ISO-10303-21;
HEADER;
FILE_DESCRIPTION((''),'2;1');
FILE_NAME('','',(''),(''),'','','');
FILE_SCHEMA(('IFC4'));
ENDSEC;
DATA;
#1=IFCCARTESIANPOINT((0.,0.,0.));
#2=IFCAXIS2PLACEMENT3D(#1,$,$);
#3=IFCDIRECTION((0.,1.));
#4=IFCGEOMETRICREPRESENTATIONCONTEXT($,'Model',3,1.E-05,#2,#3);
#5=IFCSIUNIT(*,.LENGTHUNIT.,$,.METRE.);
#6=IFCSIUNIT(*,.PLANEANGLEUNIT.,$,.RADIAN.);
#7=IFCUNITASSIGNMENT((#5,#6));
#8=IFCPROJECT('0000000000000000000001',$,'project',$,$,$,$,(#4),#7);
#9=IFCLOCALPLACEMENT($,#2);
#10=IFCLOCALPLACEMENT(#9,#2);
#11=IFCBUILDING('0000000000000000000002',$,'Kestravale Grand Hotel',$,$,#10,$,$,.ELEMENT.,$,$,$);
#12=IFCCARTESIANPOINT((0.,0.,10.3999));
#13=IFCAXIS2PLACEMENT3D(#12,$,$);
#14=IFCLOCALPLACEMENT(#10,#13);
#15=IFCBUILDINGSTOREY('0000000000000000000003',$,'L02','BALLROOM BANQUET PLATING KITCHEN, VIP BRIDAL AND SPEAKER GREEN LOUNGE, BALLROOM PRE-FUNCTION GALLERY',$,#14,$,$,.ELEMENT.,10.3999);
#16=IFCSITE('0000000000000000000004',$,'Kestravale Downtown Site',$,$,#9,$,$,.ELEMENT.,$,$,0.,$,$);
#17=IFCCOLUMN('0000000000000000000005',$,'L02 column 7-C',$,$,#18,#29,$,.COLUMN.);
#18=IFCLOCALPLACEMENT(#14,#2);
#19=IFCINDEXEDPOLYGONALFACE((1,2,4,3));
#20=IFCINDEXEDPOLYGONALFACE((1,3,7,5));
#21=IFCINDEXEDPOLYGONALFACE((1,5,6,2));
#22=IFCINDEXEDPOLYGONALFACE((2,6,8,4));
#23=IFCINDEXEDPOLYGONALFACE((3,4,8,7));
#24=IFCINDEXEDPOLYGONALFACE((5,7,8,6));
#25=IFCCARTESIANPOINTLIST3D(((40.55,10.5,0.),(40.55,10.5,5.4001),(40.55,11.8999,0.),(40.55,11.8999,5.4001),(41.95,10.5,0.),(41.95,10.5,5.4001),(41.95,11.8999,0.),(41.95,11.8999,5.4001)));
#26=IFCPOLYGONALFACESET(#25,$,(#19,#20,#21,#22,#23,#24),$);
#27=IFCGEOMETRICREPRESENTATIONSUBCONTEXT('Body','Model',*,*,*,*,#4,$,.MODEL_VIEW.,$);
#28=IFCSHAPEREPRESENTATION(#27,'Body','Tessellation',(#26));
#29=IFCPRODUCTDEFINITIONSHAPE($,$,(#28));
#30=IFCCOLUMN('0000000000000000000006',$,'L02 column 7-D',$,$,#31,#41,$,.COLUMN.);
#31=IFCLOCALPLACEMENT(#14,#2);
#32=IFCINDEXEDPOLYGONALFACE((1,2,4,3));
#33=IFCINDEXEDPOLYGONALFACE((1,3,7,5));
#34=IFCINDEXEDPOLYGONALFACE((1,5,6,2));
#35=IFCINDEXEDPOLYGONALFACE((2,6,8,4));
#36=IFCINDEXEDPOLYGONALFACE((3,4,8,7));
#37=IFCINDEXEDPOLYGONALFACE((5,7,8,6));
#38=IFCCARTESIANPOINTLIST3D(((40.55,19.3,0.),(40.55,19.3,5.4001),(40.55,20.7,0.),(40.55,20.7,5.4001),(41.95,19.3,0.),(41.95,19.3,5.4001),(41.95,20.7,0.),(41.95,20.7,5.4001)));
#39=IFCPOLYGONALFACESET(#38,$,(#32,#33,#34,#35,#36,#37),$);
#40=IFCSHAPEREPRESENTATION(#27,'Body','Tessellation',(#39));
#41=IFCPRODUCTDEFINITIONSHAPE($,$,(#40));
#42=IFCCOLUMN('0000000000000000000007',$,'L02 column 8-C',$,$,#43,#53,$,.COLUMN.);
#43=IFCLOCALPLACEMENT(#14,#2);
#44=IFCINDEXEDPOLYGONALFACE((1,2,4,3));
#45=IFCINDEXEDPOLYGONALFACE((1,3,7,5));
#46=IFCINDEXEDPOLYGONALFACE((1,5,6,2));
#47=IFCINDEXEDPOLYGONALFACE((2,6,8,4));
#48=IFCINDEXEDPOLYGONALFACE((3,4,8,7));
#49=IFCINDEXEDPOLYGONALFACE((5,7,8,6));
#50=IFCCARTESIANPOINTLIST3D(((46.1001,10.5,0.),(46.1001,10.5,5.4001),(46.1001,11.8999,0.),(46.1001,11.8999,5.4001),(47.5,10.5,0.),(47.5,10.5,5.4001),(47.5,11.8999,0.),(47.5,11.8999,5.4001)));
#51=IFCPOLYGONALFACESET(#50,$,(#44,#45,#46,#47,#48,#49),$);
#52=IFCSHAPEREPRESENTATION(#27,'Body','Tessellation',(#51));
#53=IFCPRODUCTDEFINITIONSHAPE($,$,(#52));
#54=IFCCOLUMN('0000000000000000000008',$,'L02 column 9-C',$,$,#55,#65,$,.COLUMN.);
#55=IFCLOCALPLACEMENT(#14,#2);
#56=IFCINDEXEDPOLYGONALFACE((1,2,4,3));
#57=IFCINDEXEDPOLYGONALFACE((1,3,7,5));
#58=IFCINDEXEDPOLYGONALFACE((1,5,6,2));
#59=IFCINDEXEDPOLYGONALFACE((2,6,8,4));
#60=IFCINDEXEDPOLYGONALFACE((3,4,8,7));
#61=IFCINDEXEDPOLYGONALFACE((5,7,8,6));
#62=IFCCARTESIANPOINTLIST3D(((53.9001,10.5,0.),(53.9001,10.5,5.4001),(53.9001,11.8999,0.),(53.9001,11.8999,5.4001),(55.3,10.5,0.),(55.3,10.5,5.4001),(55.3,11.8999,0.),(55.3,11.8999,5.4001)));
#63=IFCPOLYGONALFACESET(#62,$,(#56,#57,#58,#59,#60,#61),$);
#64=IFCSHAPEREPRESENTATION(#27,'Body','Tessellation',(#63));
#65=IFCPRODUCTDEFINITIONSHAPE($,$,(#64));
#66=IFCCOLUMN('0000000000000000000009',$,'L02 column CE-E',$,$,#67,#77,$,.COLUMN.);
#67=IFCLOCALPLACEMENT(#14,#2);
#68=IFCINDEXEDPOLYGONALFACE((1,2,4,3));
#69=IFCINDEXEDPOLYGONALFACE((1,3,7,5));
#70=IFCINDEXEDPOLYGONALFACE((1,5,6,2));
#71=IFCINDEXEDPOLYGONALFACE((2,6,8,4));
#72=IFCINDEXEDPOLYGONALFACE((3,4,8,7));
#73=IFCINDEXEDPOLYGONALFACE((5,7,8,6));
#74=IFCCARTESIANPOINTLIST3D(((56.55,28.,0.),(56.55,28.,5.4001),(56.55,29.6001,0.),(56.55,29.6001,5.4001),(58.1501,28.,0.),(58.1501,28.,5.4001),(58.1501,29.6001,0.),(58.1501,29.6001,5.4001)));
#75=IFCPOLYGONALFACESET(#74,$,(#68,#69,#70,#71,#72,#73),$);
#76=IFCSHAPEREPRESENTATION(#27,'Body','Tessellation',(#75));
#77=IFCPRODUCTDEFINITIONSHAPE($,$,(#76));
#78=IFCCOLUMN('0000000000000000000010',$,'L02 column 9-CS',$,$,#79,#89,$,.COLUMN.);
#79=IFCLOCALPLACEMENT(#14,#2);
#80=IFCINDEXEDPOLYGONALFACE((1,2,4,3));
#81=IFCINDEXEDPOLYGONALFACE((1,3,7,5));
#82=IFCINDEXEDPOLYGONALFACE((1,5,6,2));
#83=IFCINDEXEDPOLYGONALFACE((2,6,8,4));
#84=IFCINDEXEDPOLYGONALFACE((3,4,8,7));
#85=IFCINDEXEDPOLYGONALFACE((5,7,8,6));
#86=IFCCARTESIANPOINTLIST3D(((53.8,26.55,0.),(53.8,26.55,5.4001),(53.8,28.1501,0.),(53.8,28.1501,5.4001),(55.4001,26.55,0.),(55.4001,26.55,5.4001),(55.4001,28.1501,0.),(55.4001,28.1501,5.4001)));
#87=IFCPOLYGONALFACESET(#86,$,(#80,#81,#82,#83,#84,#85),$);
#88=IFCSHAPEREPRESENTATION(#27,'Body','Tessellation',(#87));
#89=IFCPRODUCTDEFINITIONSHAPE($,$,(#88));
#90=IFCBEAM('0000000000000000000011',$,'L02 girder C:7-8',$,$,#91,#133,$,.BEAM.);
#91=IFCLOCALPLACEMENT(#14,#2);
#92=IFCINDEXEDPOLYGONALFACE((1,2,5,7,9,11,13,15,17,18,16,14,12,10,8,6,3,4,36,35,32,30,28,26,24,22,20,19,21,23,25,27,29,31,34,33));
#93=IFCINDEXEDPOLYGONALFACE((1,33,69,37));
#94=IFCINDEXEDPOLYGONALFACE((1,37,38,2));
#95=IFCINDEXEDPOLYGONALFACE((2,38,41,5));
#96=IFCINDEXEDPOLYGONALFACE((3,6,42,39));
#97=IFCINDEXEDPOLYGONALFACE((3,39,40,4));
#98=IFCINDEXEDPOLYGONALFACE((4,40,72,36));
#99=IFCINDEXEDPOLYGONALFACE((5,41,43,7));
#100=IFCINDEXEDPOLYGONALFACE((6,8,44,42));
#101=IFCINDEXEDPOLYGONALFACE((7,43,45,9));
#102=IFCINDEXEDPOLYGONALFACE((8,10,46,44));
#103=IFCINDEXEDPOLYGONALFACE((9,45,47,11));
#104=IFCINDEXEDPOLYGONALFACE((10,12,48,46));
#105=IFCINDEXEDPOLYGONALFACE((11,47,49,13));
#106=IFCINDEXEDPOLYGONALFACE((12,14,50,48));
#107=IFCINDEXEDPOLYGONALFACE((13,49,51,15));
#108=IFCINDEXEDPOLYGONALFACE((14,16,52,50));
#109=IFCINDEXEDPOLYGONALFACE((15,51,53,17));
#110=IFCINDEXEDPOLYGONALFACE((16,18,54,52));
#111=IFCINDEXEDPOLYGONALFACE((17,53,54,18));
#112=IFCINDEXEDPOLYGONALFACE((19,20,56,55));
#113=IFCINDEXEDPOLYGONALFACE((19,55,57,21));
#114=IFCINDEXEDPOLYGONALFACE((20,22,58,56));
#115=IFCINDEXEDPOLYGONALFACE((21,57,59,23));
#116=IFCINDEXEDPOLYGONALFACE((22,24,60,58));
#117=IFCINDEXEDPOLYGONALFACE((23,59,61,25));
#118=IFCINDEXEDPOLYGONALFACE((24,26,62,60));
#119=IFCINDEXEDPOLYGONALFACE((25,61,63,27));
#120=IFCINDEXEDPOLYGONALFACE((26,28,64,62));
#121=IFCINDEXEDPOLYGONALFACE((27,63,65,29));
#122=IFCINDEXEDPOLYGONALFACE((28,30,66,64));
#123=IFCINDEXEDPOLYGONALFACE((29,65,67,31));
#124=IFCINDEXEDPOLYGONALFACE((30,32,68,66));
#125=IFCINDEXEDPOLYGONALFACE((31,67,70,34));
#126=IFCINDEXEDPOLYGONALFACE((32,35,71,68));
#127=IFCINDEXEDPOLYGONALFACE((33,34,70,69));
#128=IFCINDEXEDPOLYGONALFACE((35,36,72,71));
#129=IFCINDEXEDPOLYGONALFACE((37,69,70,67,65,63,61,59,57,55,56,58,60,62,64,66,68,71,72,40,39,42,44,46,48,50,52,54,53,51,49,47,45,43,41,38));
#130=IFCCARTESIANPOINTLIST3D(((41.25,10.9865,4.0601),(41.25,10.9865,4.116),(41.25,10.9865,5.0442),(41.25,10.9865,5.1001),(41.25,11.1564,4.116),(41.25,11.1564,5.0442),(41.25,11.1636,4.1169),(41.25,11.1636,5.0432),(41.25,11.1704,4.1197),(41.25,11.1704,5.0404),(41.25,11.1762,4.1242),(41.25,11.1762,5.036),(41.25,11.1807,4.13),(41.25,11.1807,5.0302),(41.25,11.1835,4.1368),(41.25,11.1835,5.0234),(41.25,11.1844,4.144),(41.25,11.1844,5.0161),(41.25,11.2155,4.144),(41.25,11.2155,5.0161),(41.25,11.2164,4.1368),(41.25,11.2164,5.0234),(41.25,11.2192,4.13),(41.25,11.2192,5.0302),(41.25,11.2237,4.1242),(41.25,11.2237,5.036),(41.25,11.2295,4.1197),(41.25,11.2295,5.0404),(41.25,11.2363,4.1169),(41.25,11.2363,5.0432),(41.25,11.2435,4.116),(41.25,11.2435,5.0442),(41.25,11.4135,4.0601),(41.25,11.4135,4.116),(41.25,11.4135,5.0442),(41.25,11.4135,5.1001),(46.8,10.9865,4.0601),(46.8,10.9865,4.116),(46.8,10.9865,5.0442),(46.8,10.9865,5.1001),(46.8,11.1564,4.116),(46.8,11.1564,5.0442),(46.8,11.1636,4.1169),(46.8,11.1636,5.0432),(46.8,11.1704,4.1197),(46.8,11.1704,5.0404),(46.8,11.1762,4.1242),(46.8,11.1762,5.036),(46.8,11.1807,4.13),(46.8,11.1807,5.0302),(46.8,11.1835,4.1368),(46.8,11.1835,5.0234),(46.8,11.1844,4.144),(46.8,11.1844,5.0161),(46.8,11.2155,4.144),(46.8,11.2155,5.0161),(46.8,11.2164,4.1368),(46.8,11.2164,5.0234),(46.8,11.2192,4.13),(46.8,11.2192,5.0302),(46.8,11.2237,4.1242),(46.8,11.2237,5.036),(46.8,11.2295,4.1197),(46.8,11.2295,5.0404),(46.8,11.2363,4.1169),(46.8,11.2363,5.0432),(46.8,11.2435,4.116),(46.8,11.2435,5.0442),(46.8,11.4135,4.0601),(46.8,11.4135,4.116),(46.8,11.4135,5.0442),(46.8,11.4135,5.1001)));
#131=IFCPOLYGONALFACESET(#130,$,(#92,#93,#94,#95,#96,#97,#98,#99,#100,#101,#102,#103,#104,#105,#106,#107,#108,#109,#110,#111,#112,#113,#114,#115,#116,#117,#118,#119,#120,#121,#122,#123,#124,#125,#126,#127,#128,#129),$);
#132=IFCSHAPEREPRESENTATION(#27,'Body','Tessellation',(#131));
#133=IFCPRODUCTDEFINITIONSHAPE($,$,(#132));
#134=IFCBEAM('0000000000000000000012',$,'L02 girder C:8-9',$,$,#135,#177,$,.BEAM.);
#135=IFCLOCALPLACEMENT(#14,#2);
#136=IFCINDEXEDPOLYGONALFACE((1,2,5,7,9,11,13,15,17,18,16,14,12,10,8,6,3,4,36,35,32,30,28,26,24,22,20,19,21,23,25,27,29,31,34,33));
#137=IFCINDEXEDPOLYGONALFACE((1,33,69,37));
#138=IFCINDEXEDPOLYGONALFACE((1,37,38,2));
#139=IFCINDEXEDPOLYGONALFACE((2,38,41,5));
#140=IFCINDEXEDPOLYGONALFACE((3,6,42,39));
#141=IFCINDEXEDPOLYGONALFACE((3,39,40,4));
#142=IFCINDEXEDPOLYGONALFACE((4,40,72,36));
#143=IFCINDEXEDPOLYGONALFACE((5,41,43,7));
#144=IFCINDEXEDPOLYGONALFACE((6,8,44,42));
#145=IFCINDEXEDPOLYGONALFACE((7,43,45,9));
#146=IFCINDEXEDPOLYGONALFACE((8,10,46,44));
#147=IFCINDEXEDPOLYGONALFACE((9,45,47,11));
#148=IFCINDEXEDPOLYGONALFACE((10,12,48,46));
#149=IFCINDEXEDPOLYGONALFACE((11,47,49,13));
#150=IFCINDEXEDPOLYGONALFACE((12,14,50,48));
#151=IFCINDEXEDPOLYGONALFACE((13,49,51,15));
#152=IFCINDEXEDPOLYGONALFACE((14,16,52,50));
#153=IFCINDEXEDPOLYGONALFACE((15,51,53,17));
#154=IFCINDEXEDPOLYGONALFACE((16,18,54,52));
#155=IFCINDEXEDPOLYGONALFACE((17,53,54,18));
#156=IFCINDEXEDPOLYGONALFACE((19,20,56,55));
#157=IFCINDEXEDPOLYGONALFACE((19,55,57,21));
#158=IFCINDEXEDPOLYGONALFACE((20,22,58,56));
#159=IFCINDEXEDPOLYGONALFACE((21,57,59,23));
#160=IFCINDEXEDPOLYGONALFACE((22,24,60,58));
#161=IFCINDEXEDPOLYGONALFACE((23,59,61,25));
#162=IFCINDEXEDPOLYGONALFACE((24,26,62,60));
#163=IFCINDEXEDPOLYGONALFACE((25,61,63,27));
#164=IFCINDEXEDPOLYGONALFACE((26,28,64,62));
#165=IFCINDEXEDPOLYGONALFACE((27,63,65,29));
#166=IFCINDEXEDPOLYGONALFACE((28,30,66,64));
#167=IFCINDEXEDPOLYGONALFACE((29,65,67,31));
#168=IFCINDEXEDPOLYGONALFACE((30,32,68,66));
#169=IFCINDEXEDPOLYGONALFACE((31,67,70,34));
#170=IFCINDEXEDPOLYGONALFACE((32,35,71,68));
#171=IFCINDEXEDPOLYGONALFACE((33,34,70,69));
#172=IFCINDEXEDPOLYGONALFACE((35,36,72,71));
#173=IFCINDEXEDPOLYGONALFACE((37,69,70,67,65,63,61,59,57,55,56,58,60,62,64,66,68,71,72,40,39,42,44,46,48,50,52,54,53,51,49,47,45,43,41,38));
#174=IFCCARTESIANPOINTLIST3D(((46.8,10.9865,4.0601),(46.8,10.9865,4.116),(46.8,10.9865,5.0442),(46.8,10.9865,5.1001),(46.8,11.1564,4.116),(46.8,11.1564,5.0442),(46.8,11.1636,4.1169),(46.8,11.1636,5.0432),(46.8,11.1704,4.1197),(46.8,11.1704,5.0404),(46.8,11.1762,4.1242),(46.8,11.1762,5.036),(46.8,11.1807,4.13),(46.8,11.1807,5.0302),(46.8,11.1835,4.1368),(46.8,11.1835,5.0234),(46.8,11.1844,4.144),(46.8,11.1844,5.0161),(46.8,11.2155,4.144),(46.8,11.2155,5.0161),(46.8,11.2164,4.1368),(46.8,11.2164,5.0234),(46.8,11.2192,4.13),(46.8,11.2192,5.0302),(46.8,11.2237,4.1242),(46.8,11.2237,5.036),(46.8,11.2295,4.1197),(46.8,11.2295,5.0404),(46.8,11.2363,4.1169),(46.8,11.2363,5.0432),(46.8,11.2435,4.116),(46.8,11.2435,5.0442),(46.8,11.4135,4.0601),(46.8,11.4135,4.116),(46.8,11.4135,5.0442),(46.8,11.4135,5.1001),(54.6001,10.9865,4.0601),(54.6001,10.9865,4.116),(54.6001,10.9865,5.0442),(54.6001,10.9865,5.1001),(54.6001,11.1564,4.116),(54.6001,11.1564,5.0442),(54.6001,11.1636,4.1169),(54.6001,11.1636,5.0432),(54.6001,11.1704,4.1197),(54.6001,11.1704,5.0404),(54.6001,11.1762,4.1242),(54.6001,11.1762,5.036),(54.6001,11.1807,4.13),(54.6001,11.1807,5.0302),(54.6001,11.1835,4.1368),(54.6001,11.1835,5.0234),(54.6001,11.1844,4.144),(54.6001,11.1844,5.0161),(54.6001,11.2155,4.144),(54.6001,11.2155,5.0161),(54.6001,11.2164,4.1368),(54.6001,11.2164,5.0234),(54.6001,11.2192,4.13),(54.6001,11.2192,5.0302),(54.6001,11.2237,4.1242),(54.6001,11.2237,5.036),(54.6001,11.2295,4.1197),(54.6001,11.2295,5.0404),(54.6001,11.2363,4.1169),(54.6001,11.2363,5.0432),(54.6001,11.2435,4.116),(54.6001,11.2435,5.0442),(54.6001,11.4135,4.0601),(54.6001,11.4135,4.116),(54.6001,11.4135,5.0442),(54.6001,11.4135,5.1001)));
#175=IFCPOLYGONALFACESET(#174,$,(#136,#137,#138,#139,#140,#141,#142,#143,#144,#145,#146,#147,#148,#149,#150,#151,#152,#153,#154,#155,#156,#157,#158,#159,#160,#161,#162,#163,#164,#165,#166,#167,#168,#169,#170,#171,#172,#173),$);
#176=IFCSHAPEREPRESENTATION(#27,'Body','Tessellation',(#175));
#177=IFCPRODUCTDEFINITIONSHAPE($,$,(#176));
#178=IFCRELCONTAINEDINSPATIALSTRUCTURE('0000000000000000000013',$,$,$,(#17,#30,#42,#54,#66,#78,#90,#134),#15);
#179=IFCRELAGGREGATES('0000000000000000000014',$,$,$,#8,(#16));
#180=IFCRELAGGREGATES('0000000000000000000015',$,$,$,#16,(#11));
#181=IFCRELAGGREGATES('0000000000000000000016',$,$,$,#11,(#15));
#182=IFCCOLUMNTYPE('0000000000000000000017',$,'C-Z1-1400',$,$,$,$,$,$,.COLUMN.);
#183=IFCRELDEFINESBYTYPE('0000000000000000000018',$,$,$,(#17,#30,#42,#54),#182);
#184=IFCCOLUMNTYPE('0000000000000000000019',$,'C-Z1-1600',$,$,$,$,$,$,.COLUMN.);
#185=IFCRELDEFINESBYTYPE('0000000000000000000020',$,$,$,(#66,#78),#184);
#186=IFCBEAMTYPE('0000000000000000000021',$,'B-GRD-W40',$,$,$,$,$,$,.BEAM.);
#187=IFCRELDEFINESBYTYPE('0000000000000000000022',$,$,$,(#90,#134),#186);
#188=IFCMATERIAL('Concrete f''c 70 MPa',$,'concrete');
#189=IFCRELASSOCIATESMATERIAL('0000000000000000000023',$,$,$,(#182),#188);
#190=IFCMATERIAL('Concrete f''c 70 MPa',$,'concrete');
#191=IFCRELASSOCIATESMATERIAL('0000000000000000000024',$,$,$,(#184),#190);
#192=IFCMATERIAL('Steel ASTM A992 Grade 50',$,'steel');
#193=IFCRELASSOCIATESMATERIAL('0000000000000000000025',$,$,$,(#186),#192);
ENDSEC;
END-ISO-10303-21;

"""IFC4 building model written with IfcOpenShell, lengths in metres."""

from ifc_helpers import new_model, si_unit, direction, frame, origin, origin_2d, place, context, subcontext, project, spatial, rectangle, i_section, extrude, material, material_profile, profile_set, type_object, element, save


model = new_model("IFC4")

# Units and contexts
model_context = context("Model", 3, precision=1e-05, world=origin(), true_north=direction((0.0, 1.0)))
body_context = subcontext(model_context, "Body", "Model", "MODEL_VIEW")
ifc_project = project(units=[si_unit("LENGTHUNIT", "METRE"), si_unit("PLANEANGLEUNIT", "RADIAN")], contexts=[model_context])

# Site, building, storey
site_placement = place(None, origin())
site = spatial("IfcSite", under=ifc_project, at=site_placement, Name="Kestravale Downtown Site", CompositionType="ELEMENT", RefElevation=0.0)
building_placement = place(site_placement, origin())
building = spatial("IfcBuilding", under=site, at=building_placement, Name="Kestravale Grand Hotel", CompositionType="ELEMENT")
storey_placement = place(building_placement, frame((0.0, 0.0, 10.3999)))
storey = spatial("IfcBuildingStorey", under=building, at=storey_placement, Name="L02", Description="BALLROOM BANQUET PLATING KITCHEN, VIP BRIDAL AND SPEAKER GREEN LOUNGE, BALLROOM PRE-FUNCTION GALLERY", CompositionType="ELEMENT", Elevation=10.3999)

# Columns
ifc_material_1 = material(Name="Concrete f'c 70 MPa", Category="concrete")
ifc_material_profile_1 = material_profile(ifc_material_1, rectangle(XDim=1.3999, YDim=1.3999, at=origin_2d()))
ifc_profile_set_1 = profile_set([ifc_material_profile_1], Name="Concrete f'c 70 MPa")
column_type_1 = type_object("IfcColumnType", Name="C-Z1-1400", PredefinedType="COLUMN", material=ifc_profile_set_1)
for number, where, z_axis, x_axis, name in (
    (1, (41.25, 11.2, 0.0), (0.0, 0.0, 1.0), (1.0, 0.0, 0.0), "L02 column 7-C"),
    (2, (41.25, 20.0, 0.0), (0.0, 0.0, 1.0), (1.0, 0.0, 0.0), "L02 column 7-D"),
    (3, (46.8, 11.2, 0.0), (0.0, 0.0, 1.0), (1.0, 0.0, 0.0), "L02 column 8-C"),
    (4, (54.6001, 11.2, 0.0), (0.0, 0.0, 1.0), (1.0, 0.0, 0.0), "L02 column 9-C"),
):
    element("IfcColumn", number, at=place(storey_placement, frame(where, z_axis=z_axis, x_axis=x_axis)), inside=storey, type_object=column_type_1, Name=name, PredefinedType="COLUMN", context=body_context, shape_type="SweptSolid", body=[
        extrude(rectangle(XDim=1.3999, YDim=1.3999, at=origin_2d()), origin(), (0.0, 0.0, 1.0), 5.4001),
    ])
ifc_material_2 = material(Name="Concrete f'c 70 MPa", Category="concrete")
ifc_material_profile_2 = material_profile(ifc_material_2, rectangle(XDim=1.6001, YDim=1.6001, at=origin_2d()))
ifc_profile_set_2 = profile_set([ifc_material_profile_2], Name="Concrete f'c 70 MPa")
column_type_2 = type_object("IfcColumnType", Name="C-Z1-1600", PredefinedType="COLUMN", material=ifc_profile_set_2)
for number, where, z_axis, x_axis, name in (
    (5, (57.3501, 28.8, 0.0), (0.0, 0.0, 1.0), (1.0, 0.0, 0.0), "L02 column CE-E"),
    (6, (54.6001, 27.3501, 0.0), (0.0, 0.0, 1.0), (1.0, 0.0, 0.0), "L02 column 9-CS"),
):
    element("IfcColumn", number, at=place(storey_placement, frame(where, z_axis=z_axis, x_axis=x_axis)), inside=storey, type_object=column_type_2, Name=name, PredefinedType="COLUMN", context=body_context, shape_type="SweptSolid", body=[
        extrude(rectangle(XDim=1.6001, YDim=1.6001, at=origin_2d()), origin(), (0.0, 0.0, 1.0), 5.4001),
    ])

# Beams
ifc_material_3 = material(Name="Steel ASTM A992 Grade 50", Category="steel")
ifc_material_profile_3 = material_profile(ifc_material_3, i_section(OverallWidth=0.427, OverallDepth=1.04, WebThickness=0.031, FlangeThickness=0.0559, FilletRadius=0.0281, at=origin_2d()))
ifc_profile_set_3 = profile_set([ifc_material_profile_3], Name="Steel ASTM A992 Grade 50")
beam_type = type_object("IfcBeamType", Name="B-GRD-W40", PredefinedType="BEAM", material=ifc_profile_set_3)
beam_1_placement = place(storey_placement, frame((41.25, 11.2, 4.5801), z_axis=(1.0, 0.0, 0.0), x_axis=(0.0, 1.0, 0.0)))
element("IfcBeam", 7, at=beam_1_placement, inside=storey, type_object=beam_type, Name="L02 girder C:7-8", PredefinedType="BEAM", context=body_context, shape_type="SweptSolid", body=[
    extrude(i_section(OverallWidth=0.427, OverallDepth=1.04, WebThickness=0.031, FlangeThickness=0.0559, FilletRadius=0.0281, at=origin_2d()), origin(), (0.0, 0.0, 1.0), 5.55),
])
beam_2_placement = place(storey_placement, frame((46.8, 11.2, 4.5801), z_axis=(1.0, 0.0, 0.0), x_axis=(0.0, 1.0, 0.0)))
element("IfcBeam", 8, at=beam_2_placement, inside=storey, type_object=beam_type, Name="L02 girder C:8-9", PredefinedType="BEAM", context=body_context, shape_type="SweptSolid", body=[
    extrude(i_section(OverallWidth=0.427, OverallDepth=1.04, WebThickness=0.031, FlangeThickness=0.0559, FilletRadius=0.0281, at=origin_2d()), origin(), (0.0, 0.0, 1.0), 7.8),
])

save(model, "model.ifc")
